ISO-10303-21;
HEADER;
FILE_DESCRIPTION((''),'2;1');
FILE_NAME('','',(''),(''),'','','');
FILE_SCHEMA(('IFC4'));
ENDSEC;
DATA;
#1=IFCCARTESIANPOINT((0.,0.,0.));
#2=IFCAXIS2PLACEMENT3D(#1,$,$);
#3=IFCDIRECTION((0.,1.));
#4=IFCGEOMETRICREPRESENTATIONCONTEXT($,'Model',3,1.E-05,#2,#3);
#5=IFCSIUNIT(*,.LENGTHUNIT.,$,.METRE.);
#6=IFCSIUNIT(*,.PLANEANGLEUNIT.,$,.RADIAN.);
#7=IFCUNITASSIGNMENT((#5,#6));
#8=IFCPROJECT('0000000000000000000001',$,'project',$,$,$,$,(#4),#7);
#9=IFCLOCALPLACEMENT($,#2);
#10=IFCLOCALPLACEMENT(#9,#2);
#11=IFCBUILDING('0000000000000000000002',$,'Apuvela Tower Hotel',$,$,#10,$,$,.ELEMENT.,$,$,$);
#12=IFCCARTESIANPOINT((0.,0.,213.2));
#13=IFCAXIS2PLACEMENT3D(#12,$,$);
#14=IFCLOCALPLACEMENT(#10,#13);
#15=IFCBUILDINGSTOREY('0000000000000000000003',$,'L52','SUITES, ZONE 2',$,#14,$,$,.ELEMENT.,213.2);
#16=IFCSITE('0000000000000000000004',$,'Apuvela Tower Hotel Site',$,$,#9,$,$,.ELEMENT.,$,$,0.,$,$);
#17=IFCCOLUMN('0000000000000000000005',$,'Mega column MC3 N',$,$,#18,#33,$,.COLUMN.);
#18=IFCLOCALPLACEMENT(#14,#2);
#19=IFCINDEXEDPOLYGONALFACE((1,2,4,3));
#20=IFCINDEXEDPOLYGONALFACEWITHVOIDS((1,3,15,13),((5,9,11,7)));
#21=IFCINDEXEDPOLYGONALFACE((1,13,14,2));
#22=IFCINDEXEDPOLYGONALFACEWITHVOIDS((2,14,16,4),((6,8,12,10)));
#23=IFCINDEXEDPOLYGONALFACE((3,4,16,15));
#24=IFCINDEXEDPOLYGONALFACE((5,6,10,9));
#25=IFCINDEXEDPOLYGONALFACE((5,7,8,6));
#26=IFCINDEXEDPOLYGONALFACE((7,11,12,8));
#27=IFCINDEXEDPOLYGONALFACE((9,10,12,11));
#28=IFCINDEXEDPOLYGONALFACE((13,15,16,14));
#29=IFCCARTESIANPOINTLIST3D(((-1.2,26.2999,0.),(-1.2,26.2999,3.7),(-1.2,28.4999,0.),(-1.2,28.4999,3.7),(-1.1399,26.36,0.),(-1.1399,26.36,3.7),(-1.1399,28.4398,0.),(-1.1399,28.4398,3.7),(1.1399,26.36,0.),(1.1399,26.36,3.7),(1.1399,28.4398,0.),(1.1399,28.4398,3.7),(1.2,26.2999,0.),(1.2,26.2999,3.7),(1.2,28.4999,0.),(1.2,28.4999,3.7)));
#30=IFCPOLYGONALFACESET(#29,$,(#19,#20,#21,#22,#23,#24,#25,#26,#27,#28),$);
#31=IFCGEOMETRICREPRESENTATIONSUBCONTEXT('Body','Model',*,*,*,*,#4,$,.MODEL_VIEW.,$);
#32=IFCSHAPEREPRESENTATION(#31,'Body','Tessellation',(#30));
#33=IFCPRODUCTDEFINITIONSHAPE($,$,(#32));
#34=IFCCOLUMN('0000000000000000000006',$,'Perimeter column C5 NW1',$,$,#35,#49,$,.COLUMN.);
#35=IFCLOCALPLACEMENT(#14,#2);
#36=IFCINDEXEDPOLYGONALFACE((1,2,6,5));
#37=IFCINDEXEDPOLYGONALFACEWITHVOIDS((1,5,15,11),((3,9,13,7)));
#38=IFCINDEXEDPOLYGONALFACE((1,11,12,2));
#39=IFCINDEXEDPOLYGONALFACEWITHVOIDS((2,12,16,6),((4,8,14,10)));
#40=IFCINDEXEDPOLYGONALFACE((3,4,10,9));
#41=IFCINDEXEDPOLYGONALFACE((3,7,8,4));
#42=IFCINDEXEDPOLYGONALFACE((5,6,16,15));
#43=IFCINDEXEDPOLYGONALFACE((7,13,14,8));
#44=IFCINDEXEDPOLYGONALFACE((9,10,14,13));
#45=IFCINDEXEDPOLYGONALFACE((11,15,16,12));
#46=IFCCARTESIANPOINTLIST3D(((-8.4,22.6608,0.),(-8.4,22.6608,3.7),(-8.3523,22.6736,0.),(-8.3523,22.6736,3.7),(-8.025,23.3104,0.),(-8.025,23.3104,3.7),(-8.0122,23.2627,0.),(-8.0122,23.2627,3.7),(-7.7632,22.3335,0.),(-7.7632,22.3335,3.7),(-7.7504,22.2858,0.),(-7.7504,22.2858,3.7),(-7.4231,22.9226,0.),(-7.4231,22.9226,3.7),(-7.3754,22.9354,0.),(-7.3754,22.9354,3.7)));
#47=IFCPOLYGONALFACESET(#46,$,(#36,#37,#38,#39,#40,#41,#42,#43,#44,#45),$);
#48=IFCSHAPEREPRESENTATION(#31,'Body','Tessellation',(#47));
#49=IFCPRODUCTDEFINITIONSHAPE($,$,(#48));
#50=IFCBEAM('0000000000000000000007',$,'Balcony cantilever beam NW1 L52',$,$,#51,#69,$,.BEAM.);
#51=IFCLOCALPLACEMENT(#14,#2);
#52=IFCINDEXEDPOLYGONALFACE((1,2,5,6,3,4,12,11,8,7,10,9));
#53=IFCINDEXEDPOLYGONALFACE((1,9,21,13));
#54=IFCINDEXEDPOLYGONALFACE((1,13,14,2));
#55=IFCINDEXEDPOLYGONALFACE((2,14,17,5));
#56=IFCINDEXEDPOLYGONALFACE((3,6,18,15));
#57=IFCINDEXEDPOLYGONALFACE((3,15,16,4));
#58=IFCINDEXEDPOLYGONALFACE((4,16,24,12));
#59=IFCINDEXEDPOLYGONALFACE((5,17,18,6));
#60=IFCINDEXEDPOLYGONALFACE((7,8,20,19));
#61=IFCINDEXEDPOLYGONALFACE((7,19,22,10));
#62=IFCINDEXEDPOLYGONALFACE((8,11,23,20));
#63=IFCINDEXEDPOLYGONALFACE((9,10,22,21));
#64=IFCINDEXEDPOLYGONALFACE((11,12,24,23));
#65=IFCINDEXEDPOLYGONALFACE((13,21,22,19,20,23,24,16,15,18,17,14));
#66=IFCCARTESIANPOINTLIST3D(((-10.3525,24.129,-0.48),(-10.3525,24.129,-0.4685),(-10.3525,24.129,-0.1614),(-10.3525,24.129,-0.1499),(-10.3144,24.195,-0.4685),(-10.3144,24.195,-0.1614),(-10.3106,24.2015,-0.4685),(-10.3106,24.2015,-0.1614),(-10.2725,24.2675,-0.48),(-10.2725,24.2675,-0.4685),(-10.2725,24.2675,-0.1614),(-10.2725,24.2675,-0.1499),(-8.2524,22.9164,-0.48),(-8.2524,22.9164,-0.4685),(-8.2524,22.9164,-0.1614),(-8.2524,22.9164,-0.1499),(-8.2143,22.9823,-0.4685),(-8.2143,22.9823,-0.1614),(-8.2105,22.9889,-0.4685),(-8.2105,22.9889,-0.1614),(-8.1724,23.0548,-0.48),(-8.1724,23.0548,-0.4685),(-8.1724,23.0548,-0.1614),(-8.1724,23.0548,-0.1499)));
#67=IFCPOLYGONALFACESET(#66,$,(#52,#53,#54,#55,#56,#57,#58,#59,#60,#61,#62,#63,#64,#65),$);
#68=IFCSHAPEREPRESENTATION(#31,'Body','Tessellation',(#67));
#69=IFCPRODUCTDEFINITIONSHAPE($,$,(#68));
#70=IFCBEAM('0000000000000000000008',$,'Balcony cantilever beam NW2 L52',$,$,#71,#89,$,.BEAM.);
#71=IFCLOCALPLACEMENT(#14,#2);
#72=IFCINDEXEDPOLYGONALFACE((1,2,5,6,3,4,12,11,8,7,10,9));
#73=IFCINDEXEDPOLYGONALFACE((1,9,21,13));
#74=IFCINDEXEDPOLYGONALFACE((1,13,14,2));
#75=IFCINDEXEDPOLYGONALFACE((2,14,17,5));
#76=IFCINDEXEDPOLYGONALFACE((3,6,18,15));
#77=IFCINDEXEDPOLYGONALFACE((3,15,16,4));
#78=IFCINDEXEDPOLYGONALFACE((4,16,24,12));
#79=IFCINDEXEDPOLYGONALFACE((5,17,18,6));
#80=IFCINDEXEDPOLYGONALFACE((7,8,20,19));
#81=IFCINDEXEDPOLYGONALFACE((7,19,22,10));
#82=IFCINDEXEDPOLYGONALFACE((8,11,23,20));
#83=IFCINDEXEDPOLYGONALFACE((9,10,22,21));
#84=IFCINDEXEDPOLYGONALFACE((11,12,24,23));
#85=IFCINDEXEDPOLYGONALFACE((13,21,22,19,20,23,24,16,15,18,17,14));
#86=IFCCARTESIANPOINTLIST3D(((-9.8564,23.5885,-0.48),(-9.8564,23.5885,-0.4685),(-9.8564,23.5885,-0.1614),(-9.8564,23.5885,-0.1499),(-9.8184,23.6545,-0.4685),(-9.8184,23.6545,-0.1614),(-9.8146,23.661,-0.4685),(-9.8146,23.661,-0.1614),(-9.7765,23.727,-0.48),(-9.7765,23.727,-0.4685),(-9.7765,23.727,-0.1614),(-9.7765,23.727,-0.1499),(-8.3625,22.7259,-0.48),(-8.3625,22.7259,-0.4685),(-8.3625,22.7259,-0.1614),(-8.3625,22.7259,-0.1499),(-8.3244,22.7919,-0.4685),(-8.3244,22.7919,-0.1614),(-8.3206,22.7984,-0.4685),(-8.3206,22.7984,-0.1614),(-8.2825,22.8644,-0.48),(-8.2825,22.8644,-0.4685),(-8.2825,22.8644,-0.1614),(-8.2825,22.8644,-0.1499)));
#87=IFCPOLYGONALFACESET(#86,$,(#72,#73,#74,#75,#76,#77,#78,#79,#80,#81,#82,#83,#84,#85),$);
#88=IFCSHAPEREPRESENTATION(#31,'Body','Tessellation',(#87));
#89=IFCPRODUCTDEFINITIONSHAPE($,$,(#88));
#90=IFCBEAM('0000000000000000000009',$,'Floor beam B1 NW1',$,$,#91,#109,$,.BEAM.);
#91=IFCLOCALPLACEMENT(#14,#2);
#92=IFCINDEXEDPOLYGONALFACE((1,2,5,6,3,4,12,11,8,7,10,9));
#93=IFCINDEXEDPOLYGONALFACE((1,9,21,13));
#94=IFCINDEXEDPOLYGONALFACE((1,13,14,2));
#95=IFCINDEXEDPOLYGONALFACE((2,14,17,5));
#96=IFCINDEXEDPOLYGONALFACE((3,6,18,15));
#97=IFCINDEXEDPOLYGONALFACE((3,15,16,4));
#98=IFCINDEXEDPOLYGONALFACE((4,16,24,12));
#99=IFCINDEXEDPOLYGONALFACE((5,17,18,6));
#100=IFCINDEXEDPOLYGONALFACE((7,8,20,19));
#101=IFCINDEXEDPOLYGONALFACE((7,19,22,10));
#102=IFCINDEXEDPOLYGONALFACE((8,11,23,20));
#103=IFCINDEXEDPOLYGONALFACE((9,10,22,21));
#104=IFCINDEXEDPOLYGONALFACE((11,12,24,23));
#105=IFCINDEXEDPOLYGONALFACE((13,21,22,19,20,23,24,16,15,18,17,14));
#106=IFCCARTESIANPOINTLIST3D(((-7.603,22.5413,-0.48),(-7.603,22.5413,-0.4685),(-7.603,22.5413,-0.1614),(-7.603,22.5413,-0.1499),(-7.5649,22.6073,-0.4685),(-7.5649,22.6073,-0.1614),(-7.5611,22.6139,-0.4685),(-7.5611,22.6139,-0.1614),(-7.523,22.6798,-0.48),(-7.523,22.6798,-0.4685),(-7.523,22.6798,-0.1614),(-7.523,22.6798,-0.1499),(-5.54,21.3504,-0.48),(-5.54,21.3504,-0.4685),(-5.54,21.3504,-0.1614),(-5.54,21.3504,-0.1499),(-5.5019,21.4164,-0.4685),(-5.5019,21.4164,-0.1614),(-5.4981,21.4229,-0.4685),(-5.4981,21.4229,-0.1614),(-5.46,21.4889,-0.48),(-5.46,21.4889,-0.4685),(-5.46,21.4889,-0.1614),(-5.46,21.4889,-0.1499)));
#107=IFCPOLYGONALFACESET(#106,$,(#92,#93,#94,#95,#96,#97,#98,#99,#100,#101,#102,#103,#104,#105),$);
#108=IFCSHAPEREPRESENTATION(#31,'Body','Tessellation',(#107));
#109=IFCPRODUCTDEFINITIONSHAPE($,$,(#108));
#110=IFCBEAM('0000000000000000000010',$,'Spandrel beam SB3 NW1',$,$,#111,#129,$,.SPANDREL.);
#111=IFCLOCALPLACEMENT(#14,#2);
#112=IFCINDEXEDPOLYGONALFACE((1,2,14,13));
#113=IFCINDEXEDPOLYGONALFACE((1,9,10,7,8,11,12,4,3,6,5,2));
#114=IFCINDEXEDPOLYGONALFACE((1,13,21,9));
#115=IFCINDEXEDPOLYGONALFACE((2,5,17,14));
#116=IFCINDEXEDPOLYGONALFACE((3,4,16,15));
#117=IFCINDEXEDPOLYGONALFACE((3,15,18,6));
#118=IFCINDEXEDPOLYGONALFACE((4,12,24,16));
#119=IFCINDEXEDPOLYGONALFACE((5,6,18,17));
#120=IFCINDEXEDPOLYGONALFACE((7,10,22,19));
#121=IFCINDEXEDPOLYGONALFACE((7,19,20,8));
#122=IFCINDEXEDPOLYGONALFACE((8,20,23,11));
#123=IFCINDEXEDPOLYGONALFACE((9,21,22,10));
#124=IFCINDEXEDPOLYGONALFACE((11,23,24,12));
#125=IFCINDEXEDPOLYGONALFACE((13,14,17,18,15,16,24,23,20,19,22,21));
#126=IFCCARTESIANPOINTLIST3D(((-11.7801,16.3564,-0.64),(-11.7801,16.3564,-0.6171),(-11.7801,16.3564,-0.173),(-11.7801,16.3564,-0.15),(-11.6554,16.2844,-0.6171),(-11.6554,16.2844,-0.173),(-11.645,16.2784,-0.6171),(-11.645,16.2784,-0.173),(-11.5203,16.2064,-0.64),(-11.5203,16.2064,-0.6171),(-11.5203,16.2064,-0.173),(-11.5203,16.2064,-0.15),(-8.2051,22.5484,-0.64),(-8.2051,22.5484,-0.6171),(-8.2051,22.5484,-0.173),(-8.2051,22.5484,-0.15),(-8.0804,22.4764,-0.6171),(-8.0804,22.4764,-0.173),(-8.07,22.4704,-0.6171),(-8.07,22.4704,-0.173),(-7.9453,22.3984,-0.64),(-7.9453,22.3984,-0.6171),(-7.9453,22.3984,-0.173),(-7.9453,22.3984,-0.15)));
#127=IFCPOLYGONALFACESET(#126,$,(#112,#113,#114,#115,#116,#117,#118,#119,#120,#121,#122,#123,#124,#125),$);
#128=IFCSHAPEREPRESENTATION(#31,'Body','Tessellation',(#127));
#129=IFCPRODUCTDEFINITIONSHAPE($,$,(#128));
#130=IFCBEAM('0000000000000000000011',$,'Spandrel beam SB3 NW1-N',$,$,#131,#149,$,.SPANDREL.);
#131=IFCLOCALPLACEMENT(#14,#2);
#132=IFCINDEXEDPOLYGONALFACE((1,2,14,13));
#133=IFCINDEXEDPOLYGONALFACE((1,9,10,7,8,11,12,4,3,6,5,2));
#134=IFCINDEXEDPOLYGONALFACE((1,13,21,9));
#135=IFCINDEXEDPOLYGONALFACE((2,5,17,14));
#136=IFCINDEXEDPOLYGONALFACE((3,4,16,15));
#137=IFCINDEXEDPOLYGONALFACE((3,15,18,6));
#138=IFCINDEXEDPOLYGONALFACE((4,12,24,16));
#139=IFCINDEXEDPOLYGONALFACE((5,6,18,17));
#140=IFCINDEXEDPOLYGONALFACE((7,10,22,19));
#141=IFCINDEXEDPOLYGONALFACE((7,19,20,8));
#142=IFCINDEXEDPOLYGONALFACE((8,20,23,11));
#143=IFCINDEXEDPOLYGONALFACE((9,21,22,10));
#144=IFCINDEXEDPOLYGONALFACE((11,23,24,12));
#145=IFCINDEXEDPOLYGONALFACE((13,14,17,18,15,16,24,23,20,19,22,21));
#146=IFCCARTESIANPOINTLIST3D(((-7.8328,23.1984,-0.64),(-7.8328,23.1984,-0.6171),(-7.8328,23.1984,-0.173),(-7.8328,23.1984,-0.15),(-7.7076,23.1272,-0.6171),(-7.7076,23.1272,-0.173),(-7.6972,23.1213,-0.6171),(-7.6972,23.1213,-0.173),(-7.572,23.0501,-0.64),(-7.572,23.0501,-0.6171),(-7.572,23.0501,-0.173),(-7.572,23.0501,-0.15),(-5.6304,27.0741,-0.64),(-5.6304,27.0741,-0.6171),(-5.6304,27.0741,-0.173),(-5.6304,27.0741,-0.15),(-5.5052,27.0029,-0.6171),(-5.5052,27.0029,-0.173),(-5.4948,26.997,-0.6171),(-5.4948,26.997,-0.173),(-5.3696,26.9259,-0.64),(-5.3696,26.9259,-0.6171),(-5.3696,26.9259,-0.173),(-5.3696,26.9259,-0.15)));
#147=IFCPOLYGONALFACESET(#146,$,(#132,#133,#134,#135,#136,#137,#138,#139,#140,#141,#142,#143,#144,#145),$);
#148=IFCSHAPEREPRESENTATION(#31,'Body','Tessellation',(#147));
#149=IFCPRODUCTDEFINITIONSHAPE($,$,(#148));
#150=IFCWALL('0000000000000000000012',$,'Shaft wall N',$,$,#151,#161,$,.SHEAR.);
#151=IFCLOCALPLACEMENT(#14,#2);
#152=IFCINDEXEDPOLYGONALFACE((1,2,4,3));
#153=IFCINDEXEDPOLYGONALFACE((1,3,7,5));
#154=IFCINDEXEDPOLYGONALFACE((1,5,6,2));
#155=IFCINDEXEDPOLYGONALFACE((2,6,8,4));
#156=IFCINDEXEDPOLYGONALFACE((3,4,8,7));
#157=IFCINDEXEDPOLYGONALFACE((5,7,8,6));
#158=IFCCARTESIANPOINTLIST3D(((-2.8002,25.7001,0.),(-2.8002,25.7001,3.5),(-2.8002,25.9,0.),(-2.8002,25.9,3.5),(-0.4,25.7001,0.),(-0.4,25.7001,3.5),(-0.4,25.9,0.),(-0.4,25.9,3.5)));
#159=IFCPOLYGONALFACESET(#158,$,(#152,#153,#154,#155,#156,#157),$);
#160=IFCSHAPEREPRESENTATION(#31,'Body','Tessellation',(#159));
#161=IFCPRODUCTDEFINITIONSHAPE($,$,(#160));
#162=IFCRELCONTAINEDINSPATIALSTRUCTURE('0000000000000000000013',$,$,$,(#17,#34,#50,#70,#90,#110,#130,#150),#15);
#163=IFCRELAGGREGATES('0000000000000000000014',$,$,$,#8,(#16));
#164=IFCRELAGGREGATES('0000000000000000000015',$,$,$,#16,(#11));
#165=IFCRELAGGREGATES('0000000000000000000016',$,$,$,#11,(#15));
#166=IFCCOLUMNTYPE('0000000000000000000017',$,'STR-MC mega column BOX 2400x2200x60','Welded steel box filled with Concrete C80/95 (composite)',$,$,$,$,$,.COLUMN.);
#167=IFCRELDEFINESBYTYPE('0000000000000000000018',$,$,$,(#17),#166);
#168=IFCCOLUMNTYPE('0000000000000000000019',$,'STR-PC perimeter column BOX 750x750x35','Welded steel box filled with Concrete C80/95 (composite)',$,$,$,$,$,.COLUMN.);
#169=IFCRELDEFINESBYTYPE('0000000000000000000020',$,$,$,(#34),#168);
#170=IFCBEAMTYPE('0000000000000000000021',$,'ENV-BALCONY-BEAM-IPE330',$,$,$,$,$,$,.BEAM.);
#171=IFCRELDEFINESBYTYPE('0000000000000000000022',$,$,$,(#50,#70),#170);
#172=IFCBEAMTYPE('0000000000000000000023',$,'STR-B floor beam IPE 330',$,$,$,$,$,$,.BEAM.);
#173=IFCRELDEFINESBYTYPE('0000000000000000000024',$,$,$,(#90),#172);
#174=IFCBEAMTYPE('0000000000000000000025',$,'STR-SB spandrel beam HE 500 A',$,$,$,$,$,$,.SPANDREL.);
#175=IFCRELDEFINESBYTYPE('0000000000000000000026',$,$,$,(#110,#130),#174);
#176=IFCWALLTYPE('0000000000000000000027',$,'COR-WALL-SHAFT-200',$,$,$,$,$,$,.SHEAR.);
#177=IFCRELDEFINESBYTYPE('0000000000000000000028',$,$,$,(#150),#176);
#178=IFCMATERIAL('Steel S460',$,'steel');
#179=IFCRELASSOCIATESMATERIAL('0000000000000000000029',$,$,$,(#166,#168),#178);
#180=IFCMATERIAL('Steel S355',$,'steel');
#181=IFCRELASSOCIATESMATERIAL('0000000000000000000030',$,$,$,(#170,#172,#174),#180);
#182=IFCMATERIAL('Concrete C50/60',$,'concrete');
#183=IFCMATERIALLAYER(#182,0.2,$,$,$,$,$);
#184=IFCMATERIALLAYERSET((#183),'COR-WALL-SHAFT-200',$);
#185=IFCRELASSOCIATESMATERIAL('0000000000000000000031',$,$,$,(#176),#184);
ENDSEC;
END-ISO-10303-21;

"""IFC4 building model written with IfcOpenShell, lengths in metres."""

from ifc_helpers import new_model, si_unit, direction, frame, frame_2d, origin, origin_2d, place, context, subcontext, project, spatial, rectangle, hollow_rectangle, i_section, extrude, material, layer, layer_set, material_profile, profile_set, type_object, element, save


model = new_model("IFC4")

# Units and contexts
model_context = context("Model", 3, precision=1e-05, world=origin(), true_north=direction((0.0, 1.0)))
body_context = subcontext(model_context, "Body", "Model", "MODEL_VIEW")
ifc_project = project(units=[si_unit("LENGTHUNIT", "METRE"), si_unit("PLANEANGLEUNIT", "RADIAN")], contexts=[model_context])

# Site, building, storey
site_placement = place(None, origin())
site = spatial("IfcSite", under=ifc_project, at=site_placement, Name="Apuvela Tower Hotel Site", CompositionType="ELEMENT", RefElevation=0.0)
building_placement = place(site_placement, origin())
building = spatial("IfcBuilding", under=site, at=building_placement, Name="Apuvela Tower Hotel", CompositionType="ELEMENT")
storey_placement = place(building_placement, frame((0.0, 0.0, 213.2)))
storey = spatial("IfcBuildingStorey", under=building, at=storey_placement, Name="L52", Description="SUITES, ZONE 2", CompositionType="ELEMENT", Elevation=213.2)

# Columns
ifc_material_1 = material(Name="Steel S460", Category="steel")
ifc_material_profile_1 = material_profile(ifc_material_1, hollow_rectangle(XDim=2.3999, YDim=2.2, WallThickness=0.0601, at=origin_2d()), Name="BOX 2400x2200x60")
ifc_material_2 = material(Name="Concrete C80/95", Category="concrete")
ifc_material_profile_2 = material_profile(ifc_material_2, rectangle(XDim=2.28, YDim=2.0801, at=origin_2d()), Name="Concrete C80/95 infill")
ifc_profile_set_1 = profile_set([ifc_material_profile_1, ifc_material_profile_2], Name="Steel S460")
column_type_1 = type_object("IfcColumnType", Name="STR-MC mega column BOX 2400x2200x60", Description="Welded steel box filled with Concrete C80/95 (composite)", PredefinedType="COLUMN", material=ifc_profile_set_1)
column_1_placement = place(storey_placement, frame((0.0, 27.3999, 0.0), z_axis=(0.0, 0.0, 1.0), x_axis=(1.0, 0.0, 0.0)))
element("IfcColumn", 1, at=column_1_placement, inside=storey, type_object=column_type_1, Name="Mega column MC3 N", PredefinedType="COLUMN", context=body_context, shape_type="SweptSolid", body=[
    extrude(hollow_rectangle(XDim=2.3999, YDim=2.2, WallThickness=0.0601, at=origin_2d()), origin(), (0.0, 0.0, 1.0), 3.7),
])
ifc_material_profile_3 = material_profile(ifc_material_1, hollow_rectangle(XDim=0.75, YDim=0.75, WallThickness=0.0349, at=origin_2d()), Name="BOX 750x750x35")
ifc_material_profile_4 = material_profile(ifc_material_2, rectangle(XDim=0.6799, YDim=0.6799, at=origin_2d()), Name="Concrete C80/95 infill")
ifc_profile_set_2 = profile_set([ifc_material_profile_3, ifc_material_profile_4], Name="Steel S460")
column_type_2 = type_object("IfcColumnType", Name="STR-PC perimeter column BOX 750x750x35", Description="Welded steel box filled with Concrete C80/95 (composite)", PredefinedType="COLUMN", material=ifc_profile_set_2)
column_2_placement = place(storey_placement, frame((-7.8877, 22.7981, 0.0), z_axis=(0.0, 0.0, 1.0), x_axis=(0.5, 0.866025, 0.0)))
element("IfcColumn", 2, at=column_2_placement, inside=storey, type_object=column_type_2, Name="Perimeter column C5 NW1", PredefinedType="COLUMN", context=body_context, shape_type="SweptSolid", body=[
    extrude(hollow_rectangle(XDim=0.75, YDim=0.75, WallThickness=0.0349, at=origin_2d()), origin(), (0.0, 0.0, 1.0), 3.7),
])

# Beams
ifc_material_3 = material(Name="Steel S355", Category="steel")
ifc_material_profile_5 = material_profile(ifc_material_3, i_section(OverallWidth=0.1599, OverallDepth=0.3301, WebThickness=0.0076, FlangeThickness=0.0115, at=origin_2d()), Name="IPE 330")
ifc_profile_set_3 = profile_set([ifc_material_profile_5], Name="Steel S355")
beam_type_1 = type_object("IfcBeamType", Name="ENV-BALCONY-BEAM-IPE330", PredefinedType="BEAM", material=ifc_profile_set_3)
beam_1_placement = place(storey_placement, frame((-8.2124, 22.9856, -0.3149), z_axis=(-0.865998, 0.500048, 0.0), x_axis=(-0.500048, -0.865998, 0.0)))
element("IfcBeam", 3, at=beam_1_placement, inside=storey, type_object=beam_type_1, Name="Balcony cantilever beam NW1 L52", PredefinedType="BEAM", context=body_context, shape_type="SweptSolid", body=[
    extrude(i_section(OverallWidth=0.1599, OverallDepth=0.3301, WebThickness=0.0076, FlangeThickness=0.0115, at=origin_2d()), origin(), (0.0, 0.0, 1.0), 2.425),
])
beam_2_placement = place(storey_placement, frame((-8.3225, 22.7952, -0.3149), z_axis=(-0.866014, 0.500021, 0.0), x_axis=(-0.500021, -0.866014, 0.0)))
element("IfcBeam", 4, at=beam_2_placement, inside=storey, type_object=beam_type_1, Name="Balcony cantilever beam NW2 L52", PredefinedType="BEAM", context=body_context, shape_type="SweptSolid", body=[
    extrude(i_section(OverallWidth=0.1599, OverallDepth=0.3301, WebThickness=0.0076, FlangeThickness=0.0115, at=origin_2d()), origin(), (0.0, 0.0, 1.0), 1.7251),
])
ifc_material_profile_6 = material_profile(ifc_material_3, i_section(OverallWidth=0.1599, OverallDepth=0.3301, WebThickness=0.0076, FlangeThickness=0.0115, at=origin_2d()), Name="IPE 330")
ifc_profile_set_4 = profile_set([ifc_material_profile_6], Name="Steel S355")
beam_type_2 = type_object("IfcBeamType", Name="STR-B floor beam IPE 330", PredefinedType="BEAM", material=ifc_profile_set_4)
beam_3_placement = place(storey_placement, frame((-7.563, 22.6106, -0.3149), z_axis=(0.866052, -0.499953, 0.0), x_axis=(0.499953, 0.866052, 0.0)))
element("IfcBeam", 5, at=beam_3_placement, inside=storey, type_object=beam_type_2, Name="Floor beam B1 NW1", PredefinedType="BEAM", context=body_context, shape_type="SweptSolid", body=[
    extrude(i_section(OverallWidth=0.1599, OverallDepth=0.3301, WebThickness=0.0076, FlangeThickness=0.0115, at=origin_2d()), origin(), (0.0, 0.0, 1.0), 2.3821),
])
ifc_material_profile_7 = material_profile(ifc_material_3, i_section(OverallWidth=0.3, OverallDepth=0.49, WebThickness=0.012, FlangeThickness=0.0229, at=origin_2d()), Name="HE 500 A")
ifc_profile_set_5 = profile_set([ifc_material_profile_7], Name="Steel S355")
beam_type_3 = type_object("IfcBeamType", Name="STR-SB spandrel beam HE 500 A", PredefinedType="SPANDREL", material=ifc_profile_set_5)
beam_4_placement = place(storey_placement, frame((-8.0752, 22.4734, -0.395), z_axis=(-0.500006, -0.866022, 0.0), x_axis=(0.866022, -0.500006, 0.0)))
element("IfcBeam", 6, at=beam_4_placement, inside=storey, type_object=beam_type_3, Name="Spandrel beam SB3 NW1", PredefinedType="SPANDREL", context=body_context, shape_type="SweptSolid", body=[
    extrude(i_section(OverallWidth=0.3, OverallDepth=0.49, WebThickness=0.012, FlangeThickness=0.0229, at=origin_2d()), origin(), (0.0, 0.0, 1.0), 7.1499),
])
beam_5_placement = place(storey_placement, frame((-7.7024, 23.1243, -0.395), z_axis=(0.494056, 0.86943, 0.0), x_axis=(-0.86943, 0.494056, 0.0)))
element("IfcBeam", 7, at=beam_5_placement, inside=storey, type_object=beam_type_3, Name="Spandrel beam SB3 NW1-N", PredefinedType="SPANDREL", context=body_context, shape_type="SweptSolid", body=[
    extrude(i_section(OverallWidth=0.3, OverallDepth=0.49, WebThickness=0.012, FlangeThickness=0.0229, at=origin_2d()), origin(), (0.0, 0.0, 1.0), 4.4578),
])

# Wall
ifc_material_4 = material(Name="Concrete C50/60", Category="concrete")
ifc_layer_1 = layer(ifc_material_4, 0.2)
ifc_layer_set_1 = layer_set([ifc_layer_1], Name="COR-WALL-SHAFT-200")
wall_type_1 = type_object("IfcWallType", Name="COR-WALL-SHAFT-200", PredefinedType="SHEAR", material=ifc_layer_set_1)
wall_1_placement = place(storey_placement, frame((-0.3999, 25.8, 0.0), z_axis=(0.0, 0.0, 1.0), x_axis=(-1.0, 0.0, 0.0)))
element("IfcWall", 8, at=wall_1_placement, inside=storey, type_object=wall_type_1, Name="Shaft wall N", PredefinedType="SHEAR", context=body_context, shape_type="SweptSolid", body=[
    extrude(rectangle(XDim=2.4001, YDim=0.2, at=frame_2d((1.2002, 0.0))), origin(), (0.0, 0.0, 1.0), 3.5),
])

save(model, "model.ifc")
